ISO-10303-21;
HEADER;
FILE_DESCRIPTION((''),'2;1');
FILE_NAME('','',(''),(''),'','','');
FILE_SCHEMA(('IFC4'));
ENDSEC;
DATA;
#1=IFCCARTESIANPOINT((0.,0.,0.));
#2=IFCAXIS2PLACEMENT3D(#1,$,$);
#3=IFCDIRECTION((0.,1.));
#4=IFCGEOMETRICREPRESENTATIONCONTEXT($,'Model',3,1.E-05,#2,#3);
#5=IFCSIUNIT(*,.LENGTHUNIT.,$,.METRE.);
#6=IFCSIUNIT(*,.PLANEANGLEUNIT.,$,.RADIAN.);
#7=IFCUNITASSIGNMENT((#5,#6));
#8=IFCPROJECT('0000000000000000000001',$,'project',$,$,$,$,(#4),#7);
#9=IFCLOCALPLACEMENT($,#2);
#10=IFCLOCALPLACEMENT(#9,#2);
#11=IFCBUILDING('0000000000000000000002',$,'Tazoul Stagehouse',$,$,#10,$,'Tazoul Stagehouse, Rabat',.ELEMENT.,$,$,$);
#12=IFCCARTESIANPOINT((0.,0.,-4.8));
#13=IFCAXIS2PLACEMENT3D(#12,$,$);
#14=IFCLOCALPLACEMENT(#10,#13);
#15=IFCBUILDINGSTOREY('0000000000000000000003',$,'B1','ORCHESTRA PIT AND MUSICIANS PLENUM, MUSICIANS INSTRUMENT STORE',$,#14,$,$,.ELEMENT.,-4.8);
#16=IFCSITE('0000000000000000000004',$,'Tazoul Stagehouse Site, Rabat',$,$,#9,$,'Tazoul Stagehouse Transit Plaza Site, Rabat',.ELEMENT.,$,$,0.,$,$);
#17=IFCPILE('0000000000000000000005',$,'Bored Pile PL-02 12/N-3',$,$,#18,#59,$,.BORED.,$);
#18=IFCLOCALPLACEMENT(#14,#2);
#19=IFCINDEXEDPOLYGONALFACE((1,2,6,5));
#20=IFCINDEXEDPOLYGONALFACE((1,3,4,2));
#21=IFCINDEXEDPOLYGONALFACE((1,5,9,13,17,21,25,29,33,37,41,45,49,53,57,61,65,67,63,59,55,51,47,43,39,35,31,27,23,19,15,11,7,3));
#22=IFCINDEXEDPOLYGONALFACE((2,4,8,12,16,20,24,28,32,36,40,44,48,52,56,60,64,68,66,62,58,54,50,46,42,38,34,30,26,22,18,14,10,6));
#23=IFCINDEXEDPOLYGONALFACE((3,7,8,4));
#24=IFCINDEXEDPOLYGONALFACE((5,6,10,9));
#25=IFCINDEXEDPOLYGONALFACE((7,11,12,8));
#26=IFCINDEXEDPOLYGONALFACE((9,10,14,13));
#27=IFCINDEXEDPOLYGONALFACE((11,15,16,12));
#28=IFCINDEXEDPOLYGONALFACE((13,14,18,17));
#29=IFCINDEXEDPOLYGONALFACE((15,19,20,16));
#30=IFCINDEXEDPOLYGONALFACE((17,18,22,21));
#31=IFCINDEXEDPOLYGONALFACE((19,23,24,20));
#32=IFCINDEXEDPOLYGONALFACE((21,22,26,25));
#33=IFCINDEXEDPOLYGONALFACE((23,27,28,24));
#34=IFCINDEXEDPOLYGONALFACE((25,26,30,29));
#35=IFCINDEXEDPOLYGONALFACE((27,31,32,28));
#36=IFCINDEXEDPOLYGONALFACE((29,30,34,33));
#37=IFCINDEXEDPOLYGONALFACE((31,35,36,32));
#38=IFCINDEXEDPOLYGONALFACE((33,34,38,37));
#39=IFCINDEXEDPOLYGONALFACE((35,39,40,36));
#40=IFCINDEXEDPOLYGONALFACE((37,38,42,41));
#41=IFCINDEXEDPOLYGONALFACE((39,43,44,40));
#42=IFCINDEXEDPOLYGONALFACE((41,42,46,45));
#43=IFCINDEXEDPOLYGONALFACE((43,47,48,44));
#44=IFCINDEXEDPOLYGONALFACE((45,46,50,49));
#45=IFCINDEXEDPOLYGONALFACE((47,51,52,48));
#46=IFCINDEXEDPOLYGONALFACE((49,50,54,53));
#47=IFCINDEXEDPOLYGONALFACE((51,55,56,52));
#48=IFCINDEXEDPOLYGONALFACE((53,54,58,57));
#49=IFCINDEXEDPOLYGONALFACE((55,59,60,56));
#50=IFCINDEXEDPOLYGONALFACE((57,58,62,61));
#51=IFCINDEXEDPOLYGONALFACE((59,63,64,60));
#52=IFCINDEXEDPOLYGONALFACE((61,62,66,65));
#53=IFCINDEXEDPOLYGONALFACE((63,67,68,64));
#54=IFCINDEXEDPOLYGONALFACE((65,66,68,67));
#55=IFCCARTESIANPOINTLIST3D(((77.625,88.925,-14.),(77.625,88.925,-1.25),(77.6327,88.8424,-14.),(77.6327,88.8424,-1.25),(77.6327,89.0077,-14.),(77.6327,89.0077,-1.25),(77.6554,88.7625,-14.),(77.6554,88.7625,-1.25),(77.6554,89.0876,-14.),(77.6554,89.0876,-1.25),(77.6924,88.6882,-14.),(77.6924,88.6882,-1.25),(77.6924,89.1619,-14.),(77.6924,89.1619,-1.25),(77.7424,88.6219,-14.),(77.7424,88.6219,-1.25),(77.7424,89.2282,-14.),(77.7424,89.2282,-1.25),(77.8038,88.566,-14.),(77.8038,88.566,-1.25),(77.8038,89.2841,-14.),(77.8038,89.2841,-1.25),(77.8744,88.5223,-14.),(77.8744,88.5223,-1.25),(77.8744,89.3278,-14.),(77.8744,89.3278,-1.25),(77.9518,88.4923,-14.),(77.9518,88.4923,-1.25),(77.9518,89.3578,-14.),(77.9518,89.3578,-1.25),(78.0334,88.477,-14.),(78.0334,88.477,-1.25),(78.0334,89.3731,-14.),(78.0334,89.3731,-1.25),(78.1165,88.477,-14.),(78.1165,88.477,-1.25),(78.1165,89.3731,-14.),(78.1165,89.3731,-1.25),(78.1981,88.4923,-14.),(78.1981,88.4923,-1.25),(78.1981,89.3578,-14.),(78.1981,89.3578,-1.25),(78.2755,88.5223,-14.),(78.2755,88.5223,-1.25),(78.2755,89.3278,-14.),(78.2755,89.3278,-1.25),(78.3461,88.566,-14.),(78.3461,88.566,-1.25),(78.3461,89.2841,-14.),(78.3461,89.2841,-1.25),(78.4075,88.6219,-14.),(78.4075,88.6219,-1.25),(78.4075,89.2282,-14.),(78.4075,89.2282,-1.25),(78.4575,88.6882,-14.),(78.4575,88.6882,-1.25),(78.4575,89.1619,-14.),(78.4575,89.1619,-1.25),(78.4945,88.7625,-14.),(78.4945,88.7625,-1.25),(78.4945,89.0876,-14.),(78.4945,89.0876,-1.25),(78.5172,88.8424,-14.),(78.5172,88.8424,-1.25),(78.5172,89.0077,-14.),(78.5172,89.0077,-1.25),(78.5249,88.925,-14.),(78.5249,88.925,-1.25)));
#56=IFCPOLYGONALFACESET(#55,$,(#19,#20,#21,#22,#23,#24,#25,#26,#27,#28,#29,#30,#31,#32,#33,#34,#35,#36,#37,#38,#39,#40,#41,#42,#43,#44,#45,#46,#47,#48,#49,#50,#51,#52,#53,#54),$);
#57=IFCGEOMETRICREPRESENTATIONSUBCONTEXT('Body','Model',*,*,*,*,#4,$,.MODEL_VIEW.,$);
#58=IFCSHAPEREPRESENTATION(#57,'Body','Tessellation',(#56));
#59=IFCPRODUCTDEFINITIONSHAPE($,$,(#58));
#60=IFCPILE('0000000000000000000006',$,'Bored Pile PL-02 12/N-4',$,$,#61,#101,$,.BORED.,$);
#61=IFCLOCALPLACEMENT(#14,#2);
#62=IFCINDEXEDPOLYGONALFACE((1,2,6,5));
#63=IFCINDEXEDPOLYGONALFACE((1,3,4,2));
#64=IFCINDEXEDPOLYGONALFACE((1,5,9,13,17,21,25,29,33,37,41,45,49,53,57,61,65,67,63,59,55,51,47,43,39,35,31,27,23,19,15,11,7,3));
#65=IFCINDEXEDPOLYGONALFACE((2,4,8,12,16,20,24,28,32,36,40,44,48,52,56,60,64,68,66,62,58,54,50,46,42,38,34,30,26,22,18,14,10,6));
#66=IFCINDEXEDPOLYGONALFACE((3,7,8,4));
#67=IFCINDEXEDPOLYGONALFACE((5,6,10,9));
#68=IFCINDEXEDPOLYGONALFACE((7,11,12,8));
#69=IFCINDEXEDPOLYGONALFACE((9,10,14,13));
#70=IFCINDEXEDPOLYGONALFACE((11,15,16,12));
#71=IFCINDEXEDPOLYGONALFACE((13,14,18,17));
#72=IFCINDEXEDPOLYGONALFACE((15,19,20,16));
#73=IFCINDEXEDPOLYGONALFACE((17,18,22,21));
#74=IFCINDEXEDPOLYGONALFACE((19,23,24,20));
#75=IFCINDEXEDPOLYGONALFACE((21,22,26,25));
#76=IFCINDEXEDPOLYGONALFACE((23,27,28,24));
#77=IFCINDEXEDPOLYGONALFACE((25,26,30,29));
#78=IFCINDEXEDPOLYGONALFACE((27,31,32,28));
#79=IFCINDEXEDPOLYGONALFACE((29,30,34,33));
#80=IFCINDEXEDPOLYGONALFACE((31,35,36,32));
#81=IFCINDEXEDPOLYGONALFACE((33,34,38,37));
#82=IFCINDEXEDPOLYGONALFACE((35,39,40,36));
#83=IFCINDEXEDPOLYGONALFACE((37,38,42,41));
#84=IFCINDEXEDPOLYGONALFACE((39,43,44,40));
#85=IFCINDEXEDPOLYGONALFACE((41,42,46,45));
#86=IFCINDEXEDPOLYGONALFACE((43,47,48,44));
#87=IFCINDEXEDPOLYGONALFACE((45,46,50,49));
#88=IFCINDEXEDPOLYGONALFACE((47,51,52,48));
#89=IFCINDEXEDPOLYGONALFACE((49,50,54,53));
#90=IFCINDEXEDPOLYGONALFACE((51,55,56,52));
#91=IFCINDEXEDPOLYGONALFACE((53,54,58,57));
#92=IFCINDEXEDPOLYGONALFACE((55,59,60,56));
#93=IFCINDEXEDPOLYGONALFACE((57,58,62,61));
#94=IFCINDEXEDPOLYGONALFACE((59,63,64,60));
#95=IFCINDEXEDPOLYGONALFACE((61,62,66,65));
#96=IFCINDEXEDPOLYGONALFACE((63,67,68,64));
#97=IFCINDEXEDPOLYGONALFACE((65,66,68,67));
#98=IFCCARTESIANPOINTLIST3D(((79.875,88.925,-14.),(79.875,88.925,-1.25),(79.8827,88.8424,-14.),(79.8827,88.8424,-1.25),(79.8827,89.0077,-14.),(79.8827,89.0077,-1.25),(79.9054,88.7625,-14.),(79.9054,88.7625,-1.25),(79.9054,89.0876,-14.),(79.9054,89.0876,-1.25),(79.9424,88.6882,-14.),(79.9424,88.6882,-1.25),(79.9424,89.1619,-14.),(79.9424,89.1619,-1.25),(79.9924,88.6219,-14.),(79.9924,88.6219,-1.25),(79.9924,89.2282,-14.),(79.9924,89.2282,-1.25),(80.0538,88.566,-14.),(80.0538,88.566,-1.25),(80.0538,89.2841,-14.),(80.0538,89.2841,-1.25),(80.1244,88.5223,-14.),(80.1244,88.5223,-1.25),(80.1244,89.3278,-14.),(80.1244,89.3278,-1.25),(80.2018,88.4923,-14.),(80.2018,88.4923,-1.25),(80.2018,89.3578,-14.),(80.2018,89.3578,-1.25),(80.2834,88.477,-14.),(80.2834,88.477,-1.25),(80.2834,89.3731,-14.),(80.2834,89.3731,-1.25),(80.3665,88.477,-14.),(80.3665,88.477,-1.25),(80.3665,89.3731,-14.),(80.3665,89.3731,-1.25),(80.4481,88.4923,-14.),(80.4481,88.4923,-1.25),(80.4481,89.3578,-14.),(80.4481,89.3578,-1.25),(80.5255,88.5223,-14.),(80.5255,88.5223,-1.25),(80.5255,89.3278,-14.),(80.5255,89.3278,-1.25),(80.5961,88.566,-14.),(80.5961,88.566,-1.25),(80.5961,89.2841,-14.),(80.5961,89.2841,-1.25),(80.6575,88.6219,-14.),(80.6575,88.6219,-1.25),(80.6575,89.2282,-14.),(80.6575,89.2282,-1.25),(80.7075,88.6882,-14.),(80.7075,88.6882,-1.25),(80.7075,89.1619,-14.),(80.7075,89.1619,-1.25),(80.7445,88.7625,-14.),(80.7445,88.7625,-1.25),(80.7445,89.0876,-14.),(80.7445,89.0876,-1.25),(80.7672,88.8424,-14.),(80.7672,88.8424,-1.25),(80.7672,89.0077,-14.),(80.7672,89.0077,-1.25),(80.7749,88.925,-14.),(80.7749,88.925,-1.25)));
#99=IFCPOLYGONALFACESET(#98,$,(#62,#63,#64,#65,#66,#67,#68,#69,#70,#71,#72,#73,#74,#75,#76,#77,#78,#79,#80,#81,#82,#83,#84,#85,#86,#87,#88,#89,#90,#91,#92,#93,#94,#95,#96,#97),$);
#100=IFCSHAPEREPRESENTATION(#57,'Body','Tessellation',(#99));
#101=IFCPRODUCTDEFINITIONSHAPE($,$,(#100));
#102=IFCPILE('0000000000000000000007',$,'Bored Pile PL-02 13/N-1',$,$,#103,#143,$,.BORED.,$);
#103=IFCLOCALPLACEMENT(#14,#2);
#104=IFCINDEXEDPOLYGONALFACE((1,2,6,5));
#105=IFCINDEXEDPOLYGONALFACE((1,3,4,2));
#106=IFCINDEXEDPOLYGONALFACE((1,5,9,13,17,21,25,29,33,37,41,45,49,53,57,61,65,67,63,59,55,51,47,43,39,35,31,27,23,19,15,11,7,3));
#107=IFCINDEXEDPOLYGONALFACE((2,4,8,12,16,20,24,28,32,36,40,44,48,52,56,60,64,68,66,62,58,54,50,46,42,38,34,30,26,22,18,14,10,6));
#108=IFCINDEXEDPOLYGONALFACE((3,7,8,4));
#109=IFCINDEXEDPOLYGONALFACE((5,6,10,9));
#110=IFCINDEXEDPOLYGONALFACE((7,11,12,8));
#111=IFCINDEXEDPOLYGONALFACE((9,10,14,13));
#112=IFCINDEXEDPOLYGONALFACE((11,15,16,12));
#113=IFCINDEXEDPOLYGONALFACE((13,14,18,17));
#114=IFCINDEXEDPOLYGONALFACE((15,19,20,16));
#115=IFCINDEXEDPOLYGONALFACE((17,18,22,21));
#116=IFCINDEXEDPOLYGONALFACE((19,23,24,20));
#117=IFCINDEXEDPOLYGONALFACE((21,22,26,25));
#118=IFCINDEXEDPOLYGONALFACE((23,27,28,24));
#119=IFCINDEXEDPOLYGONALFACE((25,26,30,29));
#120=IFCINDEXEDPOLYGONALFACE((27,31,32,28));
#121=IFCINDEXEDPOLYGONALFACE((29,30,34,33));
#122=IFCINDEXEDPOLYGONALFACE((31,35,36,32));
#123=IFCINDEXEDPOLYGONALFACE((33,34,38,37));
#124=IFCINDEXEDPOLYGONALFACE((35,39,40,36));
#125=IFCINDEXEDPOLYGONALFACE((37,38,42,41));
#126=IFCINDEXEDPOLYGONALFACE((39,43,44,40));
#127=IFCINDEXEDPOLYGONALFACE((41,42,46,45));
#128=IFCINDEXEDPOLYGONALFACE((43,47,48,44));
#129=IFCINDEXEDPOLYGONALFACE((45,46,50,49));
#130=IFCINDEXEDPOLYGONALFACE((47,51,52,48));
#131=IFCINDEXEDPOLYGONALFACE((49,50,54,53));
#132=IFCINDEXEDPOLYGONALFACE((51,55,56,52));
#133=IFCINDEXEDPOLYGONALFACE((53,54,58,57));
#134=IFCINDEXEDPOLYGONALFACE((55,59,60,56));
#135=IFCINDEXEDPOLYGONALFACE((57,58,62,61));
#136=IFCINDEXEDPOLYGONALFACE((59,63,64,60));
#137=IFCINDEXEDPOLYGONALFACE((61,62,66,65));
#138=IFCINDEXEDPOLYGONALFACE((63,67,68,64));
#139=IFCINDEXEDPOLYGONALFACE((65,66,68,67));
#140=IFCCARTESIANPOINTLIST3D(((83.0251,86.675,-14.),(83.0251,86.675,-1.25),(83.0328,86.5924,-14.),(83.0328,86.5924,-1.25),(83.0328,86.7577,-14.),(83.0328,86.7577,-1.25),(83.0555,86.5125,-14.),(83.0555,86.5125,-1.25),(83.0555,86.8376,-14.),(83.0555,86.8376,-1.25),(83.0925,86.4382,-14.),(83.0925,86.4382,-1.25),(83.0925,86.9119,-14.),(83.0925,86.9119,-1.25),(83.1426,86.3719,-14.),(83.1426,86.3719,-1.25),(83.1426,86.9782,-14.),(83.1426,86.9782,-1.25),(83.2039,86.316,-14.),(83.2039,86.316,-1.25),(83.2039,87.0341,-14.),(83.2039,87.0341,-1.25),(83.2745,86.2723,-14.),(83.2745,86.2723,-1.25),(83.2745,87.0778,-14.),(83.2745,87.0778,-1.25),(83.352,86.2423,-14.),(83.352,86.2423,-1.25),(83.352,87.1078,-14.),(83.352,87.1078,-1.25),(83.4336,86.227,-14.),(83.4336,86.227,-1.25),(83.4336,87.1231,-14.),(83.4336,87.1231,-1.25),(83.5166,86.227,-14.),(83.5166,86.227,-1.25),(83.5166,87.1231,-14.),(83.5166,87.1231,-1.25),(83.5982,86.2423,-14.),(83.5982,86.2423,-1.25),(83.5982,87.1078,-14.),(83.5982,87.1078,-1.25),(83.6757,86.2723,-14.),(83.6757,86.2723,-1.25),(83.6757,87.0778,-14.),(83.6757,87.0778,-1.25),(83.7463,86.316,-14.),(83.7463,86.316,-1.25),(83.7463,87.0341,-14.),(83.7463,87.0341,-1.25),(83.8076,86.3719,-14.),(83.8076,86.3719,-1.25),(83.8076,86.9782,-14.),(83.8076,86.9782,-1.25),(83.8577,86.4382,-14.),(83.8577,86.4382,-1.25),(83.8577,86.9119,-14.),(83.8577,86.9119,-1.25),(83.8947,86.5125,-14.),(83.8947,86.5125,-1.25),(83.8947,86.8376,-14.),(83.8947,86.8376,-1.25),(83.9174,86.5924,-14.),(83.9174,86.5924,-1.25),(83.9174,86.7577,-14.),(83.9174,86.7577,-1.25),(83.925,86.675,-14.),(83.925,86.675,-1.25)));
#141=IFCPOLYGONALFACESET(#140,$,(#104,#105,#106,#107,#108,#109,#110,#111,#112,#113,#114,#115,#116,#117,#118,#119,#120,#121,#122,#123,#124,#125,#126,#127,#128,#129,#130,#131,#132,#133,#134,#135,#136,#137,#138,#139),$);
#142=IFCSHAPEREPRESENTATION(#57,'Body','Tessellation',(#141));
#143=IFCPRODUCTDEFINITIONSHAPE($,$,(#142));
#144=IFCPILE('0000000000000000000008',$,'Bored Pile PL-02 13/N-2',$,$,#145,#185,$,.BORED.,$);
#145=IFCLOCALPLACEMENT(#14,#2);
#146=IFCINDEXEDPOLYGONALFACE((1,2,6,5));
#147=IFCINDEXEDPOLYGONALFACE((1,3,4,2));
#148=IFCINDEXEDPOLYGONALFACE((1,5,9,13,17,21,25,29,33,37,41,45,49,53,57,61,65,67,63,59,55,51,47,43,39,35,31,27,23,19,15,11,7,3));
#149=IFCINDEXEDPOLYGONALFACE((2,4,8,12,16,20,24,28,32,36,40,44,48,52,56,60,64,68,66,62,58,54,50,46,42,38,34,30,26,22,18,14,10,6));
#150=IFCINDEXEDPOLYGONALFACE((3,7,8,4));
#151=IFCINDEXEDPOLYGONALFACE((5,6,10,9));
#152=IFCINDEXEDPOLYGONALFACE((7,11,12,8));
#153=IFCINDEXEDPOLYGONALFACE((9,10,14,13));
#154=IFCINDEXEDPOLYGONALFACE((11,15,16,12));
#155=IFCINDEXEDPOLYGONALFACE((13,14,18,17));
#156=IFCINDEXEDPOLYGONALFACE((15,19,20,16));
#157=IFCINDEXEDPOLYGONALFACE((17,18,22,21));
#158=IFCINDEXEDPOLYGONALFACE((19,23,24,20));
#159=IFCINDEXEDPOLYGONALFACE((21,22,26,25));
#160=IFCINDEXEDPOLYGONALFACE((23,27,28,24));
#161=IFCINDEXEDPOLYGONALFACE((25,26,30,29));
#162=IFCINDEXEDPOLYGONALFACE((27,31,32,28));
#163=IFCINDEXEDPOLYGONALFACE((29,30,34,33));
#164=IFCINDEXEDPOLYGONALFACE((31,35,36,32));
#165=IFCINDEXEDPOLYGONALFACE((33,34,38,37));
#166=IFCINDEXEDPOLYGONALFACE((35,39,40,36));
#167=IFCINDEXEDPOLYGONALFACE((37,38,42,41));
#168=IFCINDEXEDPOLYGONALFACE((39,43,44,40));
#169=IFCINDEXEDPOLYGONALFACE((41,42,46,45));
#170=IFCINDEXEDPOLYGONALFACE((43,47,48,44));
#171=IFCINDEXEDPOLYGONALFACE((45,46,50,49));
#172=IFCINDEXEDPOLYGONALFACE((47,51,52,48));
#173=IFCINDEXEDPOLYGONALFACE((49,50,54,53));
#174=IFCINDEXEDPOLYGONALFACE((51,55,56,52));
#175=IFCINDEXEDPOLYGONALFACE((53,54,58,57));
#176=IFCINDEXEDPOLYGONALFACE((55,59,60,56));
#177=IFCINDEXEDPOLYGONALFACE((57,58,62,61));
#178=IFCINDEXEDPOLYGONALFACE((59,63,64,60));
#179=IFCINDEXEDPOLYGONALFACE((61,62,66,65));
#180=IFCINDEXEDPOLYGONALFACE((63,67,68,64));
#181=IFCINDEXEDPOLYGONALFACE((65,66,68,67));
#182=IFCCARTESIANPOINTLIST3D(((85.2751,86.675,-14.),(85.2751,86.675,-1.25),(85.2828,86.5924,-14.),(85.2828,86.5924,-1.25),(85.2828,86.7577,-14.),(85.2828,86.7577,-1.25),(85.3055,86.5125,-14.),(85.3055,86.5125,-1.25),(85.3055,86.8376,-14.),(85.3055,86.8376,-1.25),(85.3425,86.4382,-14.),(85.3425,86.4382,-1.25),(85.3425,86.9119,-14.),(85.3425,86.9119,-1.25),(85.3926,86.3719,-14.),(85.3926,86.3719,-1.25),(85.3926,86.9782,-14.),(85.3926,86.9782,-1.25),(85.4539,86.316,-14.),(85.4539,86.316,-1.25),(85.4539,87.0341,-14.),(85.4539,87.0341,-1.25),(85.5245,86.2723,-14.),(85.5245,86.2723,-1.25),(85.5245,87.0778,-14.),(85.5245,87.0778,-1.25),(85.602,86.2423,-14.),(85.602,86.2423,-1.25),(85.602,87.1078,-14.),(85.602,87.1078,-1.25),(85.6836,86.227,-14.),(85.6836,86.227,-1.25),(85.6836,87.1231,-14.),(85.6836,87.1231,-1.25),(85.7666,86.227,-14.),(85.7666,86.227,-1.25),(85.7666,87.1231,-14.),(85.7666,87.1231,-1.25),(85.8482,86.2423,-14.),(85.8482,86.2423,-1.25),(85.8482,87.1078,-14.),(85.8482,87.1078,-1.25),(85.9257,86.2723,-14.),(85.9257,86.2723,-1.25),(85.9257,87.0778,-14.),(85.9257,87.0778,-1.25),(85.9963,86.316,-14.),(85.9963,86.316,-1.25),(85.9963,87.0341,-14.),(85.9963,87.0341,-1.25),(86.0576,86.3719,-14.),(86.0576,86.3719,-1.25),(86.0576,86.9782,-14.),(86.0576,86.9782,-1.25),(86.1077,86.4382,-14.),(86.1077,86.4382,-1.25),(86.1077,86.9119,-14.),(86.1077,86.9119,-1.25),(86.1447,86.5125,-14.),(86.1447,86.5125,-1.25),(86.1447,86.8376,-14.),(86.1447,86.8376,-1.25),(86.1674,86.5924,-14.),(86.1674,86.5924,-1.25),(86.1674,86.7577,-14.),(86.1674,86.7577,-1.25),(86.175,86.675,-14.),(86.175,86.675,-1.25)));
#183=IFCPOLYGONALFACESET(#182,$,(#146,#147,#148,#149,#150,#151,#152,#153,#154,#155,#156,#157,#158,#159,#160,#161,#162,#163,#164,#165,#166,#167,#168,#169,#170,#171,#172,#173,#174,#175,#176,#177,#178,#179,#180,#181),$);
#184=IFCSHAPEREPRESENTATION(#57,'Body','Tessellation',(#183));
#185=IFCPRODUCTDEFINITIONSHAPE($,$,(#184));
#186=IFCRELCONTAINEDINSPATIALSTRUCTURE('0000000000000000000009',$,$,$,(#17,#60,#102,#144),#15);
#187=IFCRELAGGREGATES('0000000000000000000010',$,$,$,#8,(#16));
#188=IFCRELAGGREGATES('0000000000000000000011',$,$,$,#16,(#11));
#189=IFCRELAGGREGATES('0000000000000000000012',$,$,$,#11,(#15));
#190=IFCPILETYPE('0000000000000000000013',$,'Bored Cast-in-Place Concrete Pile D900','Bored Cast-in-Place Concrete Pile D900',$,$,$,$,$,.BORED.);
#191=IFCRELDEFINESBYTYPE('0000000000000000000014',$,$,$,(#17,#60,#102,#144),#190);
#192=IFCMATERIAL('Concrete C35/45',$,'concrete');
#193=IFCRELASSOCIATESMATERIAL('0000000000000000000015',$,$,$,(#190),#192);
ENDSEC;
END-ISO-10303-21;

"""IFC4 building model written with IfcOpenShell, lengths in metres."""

from ifc_helpers import new_model, si_unit, direction, frame, origin, origin_2d, place, context, subcontext, project, spatial, circle, extrude, material, material_profile, profile_set, type_object, element, save


model = new_model("IFC4")

# Units and contexts
model_context = context("Model", 3, precision=1e-05, world=origin(), true_north=direction((0.0, 1.0)))
body_context = subcontext(model_context, "Body", "Model", "MODEL_VIEW")
ifc_project = project(units=[si_unit("LENGTHUNIT", "METRE"), si_unit("PLANEANGLEUNIT", "RADIAN")], contexts=[model_context])

# Site, building, storey
site_placement = place(None, origin())
site = spatial("IfcSite", under=ifc_project, at=site_placement, Name="Tazoul Stagehouse Site, Rabat", LongName="Tazoul Stagehouse Transit Plaza Site, Rabat", CompositionType="ELEMENT", RefElevation=0.0)
building_placement = place(site_placement, origin())
building = spatial("IfcBuilding", under=site, at=building_placement, Name="Tazoul Stagehouse", LongName="Tazoul Stagehouse, Rabat", CompositionType="ELEMENT")
storey_placement = place(building_placement, frame((0.0, 0.0, -4.8)))
storey = spatial("IfcBuildingStorey", under=building, at=storey_placement, Name="B1", Description="ORCHESTRA PIT AND MUSICIANS PLENUM, MUSICIANS INSTRUMENT STORE", CompositionType="ELEMENT", Elevation=-4.8)

# Piles
ifc_material_1 = material(Name="Concrete C35/45", Category="concrete")
ifc_material_profile_1 = material_profile(ifc_material_1, circle(Radius=0.45, at=origin_2d()), Name="BORED PILE 900")
ifc_profile_set_1 = profile_set([ifc_material_profile_1], Name="Concrete C35/45")
pile_type = type_object("IfcPileType", Name="Bored Cast-in-Place Concrete Pile D900", Description="Bored Cast-in-Place Concrete Pile D900", PredefinedType="BORED", material=ifc_profile_set_1)
for number, where, z_axis, x_axis, name in (
    (1, (78.075, 88.925, -1.25), (0.0, 0.0, -1.0), (1.0, 0.0, 0.0), "Bored Pile PL-02 12/N-3"),
    (2, (80.325, 88.925, -1.25), (0.0, 0.0, -1.0), (1.0, 0.0, 0.0), "Bored Pile PL-02 12/N-4"),
    (3, (83.4751, 86.675, -1.25), (0.0, 0.0, -1.0), (1.0, 0.0, 0.0), "Bored Pile PL-02 13/N-1"),
    (4, (85.7251, 86.675, -1.25), (0.0, 0.0, -1.0), (1.0, 0.0, 0.0), "Bored Pile PL-02 13/N-2"),
):
    element("IfcPile", number, at=place(storey_placement, frame(where, z_axis=z_axis, x_axis=x_axis)), inside=storey, type_object=pile_type, Name=name, PredefinedType="BORED", context=body_context, shape_type="SweptSolid", body=[
        extrude(circle(Radius=0.45, at=origin_2d()), origin(), (0.0, 0.0, 1.0), 12.75),
    ])

save(model, "model.ifc")
